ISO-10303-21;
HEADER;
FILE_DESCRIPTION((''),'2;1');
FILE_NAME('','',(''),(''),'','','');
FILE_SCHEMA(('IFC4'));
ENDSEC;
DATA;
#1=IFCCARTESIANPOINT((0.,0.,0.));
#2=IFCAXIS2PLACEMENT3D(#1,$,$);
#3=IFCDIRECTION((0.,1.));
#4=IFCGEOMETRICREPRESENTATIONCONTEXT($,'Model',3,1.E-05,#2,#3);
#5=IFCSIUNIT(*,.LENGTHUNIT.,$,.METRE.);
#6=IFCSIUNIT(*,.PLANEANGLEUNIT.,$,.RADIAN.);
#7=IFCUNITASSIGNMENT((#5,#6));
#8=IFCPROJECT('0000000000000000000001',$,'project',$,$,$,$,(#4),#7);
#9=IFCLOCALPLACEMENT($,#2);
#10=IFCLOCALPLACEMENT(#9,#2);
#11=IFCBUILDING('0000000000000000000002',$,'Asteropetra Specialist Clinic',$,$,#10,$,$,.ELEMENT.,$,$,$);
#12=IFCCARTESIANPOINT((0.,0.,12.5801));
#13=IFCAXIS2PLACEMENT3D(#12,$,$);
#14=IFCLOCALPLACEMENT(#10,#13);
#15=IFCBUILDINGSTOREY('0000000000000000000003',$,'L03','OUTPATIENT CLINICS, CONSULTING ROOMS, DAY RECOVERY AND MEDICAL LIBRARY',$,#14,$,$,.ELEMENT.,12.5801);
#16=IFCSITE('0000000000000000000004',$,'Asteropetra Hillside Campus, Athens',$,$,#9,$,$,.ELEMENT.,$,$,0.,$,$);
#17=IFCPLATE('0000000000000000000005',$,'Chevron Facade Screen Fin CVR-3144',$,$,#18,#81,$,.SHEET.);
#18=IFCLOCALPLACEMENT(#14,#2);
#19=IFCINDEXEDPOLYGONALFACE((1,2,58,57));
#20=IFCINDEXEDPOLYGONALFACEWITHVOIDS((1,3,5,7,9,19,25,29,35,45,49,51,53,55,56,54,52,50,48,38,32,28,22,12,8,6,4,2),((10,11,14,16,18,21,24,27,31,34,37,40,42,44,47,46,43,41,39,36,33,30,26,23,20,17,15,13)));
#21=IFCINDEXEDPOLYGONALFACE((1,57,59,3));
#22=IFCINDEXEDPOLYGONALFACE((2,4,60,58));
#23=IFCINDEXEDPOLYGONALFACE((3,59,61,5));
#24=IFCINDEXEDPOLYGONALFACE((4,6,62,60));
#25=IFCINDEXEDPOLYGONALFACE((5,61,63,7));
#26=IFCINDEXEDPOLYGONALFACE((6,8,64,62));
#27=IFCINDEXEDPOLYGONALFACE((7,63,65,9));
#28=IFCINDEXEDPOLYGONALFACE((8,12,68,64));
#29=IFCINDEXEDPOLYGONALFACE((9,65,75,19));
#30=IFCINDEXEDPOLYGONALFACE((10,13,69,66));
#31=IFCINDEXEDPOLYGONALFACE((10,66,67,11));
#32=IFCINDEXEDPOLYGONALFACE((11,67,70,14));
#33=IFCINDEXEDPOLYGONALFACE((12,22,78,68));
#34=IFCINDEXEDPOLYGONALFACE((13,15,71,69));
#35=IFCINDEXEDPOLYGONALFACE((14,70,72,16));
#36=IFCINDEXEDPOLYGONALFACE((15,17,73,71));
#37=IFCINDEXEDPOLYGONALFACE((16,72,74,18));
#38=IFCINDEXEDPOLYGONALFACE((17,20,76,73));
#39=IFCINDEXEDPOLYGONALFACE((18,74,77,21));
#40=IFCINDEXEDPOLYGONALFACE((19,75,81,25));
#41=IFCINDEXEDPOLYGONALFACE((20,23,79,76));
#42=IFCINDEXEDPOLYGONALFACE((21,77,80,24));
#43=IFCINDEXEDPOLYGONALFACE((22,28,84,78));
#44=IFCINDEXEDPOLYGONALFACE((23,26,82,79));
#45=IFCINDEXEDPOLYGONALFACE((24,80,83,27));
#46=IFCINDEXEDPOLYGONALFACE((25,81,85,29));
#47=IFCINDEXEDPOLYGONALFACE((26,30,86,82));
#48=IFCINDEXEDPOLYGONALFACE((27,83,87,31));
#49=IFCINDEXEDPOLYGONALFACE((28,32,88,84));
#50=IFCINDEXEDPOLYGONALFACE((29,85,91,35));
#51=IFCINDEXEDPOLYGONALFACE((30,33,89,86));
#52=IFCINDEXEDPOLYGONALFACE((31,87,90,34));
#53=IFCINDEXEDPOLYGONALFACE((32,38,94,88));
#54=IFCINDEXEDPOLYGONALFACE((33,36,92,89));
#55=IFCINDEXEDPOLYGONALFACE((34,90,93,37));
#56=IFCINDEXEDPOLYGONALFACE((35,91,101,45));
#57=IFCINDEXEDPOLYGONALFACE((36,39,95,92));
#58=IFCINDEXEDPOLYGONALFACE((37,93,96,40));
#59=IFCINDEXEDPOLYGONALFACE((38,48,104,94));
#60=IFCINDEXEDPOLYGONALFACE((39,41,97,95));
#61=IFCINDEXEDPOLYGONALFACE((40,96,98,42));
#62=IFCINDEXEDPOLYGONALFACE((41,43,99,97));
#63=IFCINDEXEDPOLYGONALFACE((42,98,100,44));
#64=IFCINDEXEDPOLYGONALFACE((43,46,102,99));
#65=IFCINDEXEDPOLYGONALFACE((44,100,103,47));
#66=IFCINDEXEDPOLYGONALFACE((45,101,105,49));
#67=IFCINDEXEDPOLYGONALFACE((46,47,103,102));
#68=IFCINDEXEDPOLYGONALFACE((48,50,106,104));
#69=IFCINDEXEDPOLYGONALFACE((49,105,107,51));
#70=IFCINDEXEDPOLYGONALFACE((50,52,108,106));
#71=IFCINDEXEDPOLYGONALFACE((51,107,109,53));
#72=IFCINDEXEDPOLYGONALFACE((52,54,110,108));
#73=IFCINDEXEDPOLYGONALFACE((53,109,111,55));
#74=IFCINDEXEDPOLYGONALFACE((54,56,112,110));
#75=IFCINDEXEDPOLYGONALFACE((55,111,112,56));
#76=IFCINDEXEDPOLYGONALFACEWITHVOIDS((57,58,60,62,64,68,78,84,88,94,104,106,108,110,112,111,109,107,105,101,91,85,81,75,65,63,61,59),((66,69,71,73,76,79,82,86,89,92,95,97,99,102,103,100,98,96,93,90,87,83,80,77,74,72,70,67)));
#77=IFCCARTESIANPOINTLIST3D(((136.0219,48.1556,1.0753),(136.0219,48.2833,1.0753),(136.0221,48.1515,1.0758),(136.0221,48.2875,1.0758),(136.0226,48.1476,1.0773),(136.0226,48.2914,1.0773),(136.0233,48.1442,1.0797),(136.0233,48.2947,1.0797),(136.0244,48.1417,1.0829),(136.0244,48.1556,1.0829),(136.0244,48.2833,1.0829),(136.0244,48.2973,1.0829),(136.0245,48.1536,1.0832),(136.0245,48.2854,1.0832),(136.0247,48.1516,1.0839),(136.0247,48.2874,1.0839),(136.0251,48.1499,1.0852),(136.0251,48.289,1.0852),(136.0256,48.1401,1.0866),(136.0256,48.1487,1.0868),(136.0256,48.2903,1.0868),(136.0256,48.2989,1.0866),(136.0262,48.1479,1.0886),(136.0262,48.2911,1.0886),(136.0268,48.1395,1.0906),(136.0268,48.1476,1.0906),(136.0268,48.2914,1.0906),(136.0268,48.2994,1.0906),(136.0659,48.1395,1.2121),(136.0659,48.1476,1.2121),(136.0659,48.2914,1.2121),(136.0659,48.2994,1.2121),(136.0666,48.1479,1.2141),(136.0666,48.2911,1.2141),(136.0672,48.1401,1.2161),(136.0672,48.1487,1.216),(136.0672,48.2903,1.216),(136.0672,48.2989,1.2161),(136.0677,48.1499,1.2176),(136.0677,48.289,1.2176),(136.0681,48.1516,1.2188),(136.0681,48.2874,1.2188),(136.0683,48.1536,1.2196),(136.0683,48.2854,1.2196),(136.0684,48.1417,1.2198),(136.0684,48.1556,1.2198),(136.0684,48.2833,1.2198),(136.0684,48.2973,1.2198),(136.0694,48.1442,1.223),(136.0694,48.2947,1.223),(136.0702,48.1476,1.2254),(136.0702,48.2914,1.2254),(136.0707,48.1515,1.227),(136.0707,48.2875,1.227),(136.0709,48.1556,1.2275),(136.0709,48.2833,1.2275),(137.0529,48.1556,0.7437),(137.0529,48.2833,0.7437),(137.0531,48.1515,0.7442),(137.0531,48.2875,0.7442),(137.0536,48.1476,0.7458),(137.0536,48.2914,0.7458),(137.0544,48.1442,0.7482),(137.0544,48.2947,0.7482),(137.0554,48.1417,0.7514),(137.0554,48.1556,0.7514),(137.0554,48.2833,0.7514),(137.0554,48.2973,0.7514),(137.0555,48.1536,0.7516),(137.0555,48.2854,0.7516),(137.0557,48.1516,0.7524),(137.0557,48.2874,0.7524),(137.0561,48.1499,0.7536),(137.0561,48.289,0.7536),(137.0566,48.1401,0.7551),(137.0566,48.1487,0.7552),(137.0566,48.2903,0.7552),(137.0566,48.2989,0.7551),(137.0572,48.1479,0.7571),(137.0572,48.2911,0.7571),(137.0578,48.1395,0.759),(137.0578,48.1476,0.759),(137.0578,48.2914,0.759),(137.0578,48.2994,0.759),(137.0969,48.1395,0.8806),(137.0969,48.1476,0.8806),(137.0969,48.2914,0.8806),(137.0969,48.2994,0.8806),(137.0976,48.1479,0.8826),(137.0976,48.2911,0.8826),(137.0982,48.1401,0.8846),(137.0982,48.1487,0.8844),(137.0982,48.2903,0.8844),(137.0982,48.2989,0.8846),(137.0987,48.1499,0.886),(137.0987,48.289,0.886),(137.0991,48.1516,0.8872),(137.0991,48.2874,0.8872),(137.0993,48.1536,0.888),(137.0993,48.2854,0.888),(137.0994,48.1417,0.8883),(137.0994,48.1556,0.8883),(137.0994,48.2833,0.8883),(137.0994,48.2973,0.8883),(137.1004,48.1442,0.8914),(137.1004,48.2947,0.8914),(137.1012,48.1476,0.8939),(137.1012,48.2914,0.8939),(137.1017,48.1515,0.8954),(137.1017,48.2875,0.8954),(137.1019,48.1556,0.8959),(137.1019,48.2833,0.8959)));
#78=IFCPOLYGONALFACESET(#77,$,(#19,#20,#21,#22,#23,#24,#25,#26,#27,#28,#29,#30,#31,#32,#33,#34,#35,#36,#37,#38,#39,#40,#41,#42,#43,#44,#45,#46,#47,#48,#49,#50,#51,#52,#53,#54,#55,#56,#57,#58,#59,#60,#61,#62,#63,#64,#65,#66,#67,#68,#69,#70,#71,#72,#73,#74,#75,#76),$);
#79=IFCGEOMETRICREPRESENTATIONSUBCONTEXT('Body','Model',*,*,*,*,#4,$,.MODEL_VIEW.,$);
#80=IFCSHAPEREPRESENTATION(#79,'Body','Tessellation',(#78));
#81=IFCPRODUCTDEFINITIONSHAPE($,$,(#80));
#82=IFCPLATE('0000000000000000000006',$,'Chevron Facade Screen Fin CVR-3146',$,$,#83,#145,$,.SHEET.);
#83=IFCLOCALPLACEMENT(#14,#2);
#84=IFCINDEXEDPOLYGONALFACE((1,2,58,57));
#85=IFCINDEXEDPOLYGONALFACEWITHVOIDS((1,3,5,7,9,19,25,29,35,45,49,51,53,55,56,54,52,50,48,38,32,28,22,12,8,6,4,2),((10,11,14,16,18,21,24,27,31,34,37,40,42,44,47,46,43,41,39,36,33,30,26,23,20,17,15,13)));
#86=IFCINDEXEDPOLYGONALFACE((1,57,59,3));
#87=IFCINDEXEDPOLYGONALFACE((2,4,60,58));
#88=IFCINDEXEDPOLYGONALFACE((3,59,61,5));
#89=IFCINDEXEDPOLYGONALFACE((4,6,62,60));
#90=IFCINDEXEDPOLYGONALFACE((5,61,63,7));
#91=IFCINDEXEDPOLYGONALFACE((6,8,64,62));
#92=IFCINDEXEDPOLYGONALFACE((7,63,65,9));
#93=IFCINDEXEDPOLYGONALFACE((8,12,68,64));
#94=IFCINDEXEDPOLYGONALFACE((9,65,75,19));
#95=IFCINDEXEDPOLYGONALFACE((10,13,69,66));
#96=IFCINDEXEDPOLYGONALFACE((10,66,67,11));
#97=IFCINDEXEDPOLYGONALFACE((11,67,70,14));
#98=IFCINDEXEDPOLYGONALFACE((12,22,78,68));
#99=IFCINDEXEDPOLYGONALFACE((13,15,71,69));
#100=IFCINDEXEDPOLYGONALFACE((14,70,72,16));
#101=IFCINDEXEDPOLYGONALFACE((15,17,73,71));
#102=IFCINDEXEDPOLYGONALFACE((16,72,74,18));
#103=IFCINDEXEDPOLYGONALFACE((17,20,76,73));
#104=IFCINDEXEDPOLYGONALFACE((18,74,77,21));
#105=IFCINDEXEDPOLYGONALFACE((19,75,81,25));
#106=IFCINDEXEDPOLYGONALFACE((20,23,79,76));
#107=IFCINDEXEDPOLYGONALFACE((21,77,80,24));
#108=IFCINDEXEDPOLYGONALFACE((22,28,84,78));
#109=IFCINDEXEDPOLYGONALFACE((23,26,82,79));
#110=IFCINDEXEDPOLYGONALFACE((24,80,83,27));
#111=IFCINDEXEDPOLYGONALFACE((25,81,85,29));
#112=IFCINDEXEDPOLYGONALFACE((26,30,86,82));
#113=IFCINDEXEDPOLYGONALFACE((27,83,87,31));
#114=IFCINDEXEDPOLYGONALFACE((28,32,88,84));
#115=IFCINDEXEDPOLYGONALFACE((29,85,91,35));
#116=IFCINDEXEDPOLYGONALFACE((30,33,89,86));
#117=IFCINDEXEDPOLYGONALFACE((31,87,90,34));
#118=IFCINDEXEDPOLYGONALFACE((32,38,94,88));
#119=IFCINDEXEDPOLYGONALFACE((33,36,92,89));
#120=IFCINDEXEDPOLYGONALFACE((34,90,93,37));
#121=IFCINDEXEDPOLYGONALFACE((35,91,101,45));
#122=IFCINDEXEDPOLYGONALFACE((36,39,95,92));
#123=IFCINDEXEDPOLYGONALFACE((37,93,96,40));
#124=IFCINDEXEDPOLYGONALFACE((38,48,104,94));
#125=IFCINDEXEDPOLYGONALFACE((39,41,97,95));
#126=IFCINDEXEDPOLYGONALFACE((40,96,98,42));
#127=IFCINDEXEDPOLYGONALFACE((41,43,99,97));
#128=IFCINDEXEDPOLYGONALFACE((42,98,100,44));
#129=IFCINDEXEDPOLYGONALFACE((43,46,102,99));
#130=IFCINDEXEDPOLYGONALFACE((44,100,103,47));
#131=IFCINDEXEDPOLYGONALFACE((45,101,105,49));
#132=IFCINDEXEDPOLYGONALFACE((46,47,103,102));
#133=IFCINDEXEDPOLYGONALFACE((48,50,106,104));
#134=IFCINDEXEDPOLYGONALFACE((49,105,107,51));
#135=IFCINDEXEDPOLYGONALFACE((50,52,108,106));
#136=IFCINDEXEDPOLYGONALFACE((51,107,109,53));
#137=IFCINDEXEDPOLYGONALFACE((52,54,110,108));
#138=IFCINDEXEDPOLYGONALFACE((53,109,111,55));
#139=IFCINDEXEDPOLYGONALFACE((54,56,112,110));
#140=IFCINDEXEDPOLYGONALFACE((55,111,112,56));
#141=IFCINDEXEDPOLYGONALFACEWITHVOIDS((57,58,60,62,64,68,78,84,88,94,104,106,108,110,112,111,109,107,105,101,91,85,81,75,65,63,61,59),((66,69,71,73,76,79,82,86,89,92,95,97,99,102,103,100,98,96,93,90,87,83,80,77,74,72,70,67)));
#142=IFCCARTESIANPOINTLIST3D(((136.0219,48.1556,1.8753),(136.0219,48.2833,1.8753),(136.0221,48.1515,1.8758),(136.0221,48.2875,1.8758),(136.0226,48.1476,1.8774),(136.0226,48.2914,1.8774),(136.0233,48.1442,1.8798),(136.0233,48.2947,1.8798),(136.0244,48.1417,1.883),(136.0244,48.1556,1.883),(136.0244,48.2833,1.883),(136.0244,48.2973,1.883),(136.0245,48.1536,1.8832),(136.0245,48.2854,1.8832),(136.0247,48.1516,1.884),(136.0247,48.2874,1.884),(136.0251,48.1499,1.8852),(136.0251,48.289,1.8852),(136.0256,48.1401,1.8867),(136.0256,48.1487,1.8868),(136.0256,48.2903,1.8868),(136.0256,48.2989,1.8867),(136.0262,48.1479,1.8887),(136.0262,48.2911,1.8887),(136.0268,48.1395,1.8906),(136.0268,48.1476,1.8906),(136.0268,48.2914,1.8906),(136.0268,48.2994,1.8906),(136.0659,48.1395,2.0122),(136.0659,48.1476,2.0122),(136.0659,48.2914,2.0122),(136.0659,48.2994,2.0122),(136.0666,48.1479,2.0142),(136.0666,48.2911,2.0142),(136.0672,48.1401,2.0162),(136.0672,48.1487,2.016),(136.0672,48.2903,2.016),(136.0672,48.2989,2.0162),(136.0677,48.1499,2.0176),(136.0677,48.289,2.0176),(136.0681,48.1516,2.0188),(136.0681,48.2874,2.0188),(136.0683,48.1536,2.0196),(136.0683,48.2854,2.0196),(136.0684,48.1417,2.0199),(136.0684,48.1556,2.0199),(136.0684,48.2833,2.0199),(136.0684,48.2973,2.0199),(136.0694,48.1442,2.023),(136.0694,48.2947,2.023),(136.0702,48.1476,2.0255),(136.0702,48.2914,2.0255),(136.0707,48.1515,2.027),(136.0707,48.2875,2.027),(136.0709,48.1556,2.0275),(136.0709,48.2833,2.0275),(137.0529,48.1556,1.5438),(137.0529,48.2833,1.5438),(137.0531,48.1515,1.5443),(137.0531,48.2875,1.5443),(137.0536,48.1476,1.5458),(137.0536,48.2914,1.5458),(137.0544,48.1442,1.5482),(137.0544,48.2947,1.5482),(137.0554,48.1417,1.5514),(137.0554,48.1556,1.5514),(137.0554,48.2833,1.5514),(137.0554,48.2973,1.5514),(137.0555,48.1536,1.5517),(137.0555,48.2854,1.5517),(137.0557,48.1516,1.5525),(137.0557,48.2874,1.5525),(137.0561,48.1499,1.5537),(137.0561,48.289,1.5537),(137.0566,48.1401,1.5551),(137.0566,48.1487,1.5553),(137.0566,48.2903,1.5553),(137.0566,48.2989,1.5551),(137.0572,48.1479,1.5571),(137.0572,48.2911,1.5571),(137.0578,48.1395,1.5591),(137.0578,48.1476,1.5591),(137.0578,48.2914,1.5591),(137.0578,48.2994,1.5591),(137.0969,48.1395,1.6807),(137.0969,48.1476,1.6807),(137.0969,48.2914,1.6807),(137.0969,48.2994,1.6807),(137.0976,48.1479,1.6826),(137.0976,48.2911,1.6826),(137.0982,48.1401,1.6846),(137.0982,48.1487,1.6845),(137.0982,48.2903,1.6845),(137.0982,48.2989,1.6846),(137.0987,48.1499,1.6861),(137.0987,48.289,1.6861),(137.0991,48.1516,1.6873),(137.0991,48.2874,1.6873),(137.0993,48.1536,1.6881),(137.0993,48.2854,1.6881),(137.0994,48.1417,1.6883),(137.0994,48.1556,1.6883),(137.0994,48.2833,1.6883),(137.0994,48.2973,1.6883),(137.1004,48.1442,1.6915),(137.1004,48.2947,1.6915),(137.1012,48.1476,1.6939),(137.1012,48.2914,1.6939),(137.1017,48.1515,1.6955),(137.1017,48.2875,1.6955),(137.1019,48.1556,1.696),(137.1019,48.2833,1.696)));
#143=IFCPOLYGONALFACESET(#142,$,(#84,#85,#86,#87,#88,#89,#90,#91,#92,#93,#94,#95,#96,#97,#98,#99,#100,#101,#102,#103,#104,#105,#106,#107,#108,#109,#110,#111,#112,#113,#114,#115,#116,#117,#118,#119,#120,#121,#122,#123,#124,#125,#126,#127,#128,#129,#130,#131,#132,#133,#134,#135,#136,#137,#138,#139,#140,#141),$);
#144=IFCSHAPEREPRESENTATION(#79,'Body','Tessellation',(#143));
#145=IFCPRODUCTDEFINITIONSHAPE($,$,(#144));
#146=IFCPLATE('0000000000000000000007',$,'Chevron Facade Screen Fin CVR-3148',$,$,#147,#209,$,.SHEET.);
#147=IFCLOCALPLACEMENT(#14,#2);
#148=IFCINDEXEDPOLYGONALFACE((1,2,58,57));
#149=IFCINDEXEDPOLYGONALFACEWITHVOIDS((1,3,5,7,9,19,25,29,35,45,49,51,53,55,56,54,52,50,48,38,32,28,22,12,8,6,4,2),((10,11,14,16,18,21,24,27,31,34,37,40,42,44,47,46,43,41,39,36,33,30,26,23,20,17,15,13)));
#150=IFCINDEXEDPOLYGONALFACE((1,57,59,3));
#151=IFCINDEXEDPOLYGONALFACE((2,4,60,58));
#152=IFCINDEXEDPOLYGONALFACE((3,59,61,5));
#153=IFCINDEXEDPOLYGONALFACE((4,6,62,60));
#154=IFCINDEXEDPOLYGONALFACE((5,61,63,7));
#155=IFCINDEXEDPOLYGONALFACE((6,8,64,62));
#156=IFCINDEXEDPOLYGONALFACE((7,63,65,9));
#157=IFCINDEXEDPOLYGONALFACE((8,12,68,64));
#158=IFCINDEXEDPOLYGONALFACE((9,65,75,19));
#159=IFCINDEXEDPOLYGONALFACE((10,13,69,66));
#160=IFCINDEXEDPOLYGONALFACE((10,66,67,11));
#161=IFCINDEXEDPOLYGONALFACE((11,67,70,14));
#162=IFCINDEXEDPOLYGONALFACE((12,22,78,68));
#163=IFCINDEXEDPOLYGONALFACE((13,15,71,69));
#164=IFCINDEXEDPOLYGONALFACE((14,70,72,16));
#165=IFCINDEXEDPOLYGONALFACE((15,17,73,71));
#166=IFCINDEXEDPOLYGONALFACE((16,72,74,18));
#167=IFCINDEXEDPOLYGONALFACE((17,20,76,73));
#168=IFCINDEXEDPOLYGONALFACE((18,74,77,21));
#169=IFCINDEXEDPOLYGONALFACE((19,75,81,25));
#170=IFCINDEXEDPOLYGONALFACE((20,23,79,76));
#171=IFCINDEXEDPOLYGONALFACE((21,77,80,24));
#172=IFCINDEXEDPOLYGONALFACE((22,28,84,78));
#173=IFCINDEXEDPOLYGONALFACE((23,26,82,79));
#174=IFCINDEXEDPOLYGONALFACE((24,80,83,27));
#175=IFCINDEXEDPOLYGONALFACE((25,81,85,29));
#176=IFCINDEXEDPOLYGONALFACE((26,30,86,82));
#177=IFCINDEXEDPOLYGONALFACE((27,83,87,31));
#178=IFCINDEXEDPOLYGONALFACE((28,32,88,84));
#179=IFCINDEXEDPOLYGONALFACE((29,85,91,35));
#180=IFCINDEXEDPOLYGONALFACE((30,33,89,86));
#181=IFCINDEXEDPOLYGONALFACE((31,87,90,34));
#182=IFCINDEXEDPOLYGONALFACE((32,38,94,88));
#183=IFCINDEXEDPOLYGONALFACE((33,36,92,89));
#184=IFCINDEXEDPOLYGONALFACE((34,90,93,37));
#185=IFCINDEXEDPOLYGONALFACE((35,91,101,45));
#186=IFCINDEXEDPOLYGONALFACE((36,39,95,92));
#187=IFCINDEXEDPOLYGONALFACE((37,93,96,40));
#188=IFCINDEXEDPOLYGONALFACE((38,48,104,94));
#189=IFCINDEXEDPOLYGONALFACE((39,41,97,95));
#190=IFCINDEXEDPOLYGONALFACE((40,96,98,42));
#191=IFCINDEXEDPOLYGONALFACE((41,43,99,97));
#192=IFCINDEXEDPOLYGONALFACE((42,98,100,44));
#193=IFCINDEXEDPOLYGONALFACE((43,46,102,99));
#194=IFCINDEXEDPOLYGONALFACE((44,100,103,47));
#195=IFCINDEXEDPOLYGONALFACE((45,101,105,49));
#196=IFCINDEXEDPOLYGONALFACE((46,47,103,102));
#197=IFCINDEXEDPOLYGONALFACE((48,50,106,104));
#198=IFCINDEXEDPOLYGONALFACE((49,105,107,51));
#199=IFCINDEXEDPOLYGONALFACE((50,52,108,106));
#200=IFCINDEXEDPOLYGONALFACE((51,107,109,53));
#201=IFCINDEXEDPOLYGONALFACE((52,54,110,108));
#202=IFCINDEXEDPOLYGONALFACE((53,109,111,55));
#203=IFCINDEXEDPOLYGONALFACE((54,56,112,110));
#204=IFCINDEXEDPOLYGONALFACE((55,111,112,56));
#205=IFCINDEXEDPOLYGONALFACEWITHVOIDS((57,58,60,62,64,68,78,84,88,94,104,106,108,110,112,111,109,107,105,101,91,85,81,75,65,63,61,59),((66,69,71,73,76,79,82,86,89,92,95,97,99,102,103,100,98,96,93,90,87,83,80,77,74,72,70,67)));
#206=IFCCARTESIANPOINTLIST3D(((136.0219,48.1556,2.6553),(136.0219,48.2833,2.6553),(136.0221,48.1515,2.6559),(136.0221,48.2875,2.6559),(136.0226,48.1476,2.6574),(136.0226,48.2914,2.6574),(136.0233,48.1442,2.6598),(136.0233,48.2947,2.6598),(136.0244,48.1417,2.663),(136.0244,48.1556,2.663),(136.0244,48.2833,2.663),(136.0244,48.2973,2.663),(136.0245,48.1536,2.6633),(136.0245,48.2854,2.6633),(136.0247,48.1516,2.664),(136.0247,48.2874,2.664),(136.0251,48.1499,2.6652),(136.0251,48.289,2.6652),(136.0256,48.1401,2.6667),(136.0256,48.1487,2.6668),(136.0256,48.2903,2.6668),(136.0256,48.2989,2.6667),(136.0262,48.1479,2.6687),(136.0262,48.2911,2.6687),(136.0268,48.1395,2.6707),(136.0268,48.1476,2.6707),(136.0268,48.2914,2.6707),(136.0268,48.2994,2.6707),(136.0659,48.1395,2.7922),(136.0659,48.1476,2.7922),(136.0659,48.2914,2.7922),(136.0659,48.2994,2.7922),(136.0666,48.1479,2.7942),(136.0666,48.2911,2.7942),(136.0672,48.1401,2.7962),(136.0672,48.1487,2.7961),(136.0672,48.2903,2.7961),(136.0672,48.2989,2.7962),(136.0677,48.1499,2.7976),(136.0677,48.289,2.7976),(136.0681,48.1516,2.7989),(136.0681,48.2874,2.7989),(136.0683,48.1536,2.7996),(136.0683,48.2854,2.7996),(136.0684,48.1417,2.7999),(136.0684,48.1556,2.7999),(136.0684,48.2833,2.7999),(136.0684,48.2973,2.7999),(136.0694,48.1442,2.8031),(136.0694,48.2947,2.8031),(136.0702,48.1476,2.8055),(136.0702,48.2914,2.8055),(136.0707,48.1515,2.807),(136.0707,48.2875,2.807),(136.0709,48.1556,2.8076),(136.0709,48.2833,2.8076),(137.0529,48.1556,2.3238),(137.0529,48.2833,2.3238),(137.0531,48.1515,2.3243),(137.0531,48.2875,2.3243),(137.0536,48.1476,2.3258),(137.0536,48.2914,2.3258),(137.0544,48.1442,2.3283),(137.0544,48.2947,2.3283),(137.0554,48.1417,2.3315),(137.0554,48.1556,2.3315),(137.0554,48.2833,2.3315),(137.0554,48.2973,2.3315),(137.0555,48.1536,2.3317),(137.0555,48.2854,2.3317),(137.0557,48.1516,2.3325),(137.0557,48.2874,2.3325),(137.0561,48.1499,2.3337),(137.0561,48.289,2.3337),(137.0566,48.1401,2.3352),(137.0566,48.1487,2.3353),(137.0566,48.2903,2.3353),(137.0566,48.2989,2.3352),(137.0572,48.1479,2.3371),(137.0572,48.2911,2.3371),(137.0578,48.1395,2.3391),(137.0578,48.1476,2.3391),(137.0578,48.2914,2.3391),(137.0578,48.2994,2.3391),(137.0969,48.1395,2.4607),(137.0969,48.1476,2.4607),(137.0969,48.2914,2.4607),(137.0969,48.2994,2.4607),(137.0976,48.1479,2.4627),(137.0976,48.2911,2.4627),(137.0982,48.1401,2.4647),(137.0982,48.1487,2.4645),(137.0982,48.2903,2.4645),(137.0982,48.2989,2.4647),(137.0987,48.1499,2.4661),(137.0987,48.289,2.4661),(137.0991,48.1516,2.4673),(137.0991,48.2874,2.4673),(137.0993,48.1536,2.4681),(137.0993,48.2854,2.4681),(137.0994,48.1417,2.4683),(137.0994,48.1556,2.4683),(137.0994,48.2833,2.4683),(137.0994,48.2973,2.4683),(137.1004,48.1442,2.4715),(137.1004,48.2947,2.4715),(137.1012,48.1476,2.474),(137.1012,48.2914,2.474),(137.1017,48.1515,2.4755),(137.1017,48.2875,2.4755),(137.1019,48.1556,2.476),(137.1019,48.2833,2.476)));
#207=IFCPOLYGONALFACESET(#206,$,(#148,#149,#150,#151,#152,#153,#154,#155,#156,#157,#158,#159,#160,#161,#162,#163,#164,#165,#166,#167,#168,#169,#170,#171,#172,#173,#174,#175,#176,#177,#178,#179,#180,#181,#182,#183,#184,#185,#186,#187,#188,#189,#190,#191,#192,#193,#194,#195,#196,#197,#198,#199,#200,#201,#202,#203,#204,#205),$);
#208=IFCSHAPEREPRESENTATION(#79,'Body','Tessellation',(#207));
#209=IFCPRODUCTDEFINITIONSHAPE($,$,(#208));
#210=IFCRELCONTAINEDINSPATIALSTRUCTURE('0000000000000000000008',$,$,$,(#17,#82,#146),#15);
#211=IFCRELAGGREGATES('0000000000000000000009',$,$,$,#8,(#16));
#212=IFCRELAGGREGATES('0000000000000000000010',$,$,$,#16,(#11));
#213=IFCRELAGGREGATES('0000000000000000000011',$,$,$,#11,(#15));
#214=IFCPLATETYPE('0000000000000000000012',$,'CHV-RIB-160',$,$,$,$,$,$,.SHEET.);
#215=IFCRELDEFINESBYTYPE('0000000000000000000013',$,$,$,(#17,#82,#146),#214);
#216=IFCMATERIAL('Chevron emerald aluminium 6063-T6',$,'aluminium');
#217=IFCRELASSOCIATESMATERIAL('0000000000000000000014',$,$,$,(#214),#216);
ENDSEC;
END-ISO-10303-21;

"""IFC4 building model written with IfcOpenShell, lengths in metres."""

from ifc_helpers import new_model, si_unit, direction, frame, origin, origin_2d, place, context, subcontext, project, spatial, hollow_rectangle, extrude, material, material_profile, profile_set, type_object, element, save


model = new_model("IFC4")

# Units and contexts
model_context = context("Model", 3, precision=1e-05, world=origin(), true_north=direction((0.0, 1.0)))
body_context = subcontext(model_context, "Body", "Model", "MODEL_VIEW")
ifc_project = project(units=[si_unit("LENGTHUNIT", "METRE"), si_unit("PLANEANGLEUNIT", "RADIAN")], contexts=[model_context])

# Site, building, storey
site_placement = place(None, origin())
site = spatial("IfcSite", under=ifc_project, at=site_placement, Name="Asteropetra Hillside Campus, Athens", CompositionType="ELEMENT", RefElevation=0.0)
building_placement = place(site_placement, origin())
building = spatial("IfcBuilding", under=site, at=building_placement, Name="Asteropetra Specialist Clinic", CompositionType="ELEMENT")
storey_placement = place(building_placement, frame((0.0, 0.0, 12.5801)))
storey = spatial("IfcBuildingStorey", under=building, at=storey_placement, Name="L03", Description="OUTPATIENT CLINICS, CONSULTING ROOMS, DAY RECOVERY AND MEDICAL LIBRARY", CompositionType="ELEMENT", Elevation=12.5801)

# Plates
ifc_material_1 = material(Name="Chevron emerald aluminium 6063-T6", Category="aluminium")
ifc_material_profile = material_profile(ifc_material_1, hollow_rectangle(XDim=0.1599, YDim=0.1599, WallThickness=0.0081, InnerFilletRadius=0.0081, OuterFilletRadius=0.0161, at=origin_2d()), Name="SHS 160x160x8.0")
ifc_profile_set = profile_set([ifc_material_profile], Name="Chevron emerald aluminium 6063-T6")
plate_type_1 = type_object("IfcPlateType", Name="CHV-RIB-160", PredefinedType="SHEET", material=ifc_profile_set)
for number, where, z_axis, x_axis, name in (
    (1, (137.0774, 48.2195, 0.8198), (-0.951989, 0.0, 0.306133), (0.0, -1.0, 0.0), "Chevron Facade Screen Fin CVR-3144"),
    (2, (137.0774, 48.2195, 1.6199), (-0.951989, 0.0, 0.306133), (0.0, -1.0, 0.0), "Chevron Facade Screen Fin CVR-3146"),
    (3, (137.0774, 48.2195, 2.3999), (-0.951989, 0.0, 0.306133), (0.0, -1.0, 0.0), "Chevron Facade Screen Fin CVR-3148"),
):
    element("IfcPlate", number, at=place(storey_placement, frame(where, z_axis=z_axis, x_axis=x_axis)), inside=storey, type_object=plate_type_1, Name=name, PredefinedType="SHEET", context=body_context, shape_type="SweptSolid", body=[
        extrude(hollow_rectangle(XDim=0.1599, YDim=0.1599, WallThickness=0.0081, InnerFilletRadius=0.0081, OuterFilletRadius=0.0161, at=origin_2d()), origin(), (0.0, 0.0, 1.0), 1.083),
    ])

save(model, "model.ifc")
